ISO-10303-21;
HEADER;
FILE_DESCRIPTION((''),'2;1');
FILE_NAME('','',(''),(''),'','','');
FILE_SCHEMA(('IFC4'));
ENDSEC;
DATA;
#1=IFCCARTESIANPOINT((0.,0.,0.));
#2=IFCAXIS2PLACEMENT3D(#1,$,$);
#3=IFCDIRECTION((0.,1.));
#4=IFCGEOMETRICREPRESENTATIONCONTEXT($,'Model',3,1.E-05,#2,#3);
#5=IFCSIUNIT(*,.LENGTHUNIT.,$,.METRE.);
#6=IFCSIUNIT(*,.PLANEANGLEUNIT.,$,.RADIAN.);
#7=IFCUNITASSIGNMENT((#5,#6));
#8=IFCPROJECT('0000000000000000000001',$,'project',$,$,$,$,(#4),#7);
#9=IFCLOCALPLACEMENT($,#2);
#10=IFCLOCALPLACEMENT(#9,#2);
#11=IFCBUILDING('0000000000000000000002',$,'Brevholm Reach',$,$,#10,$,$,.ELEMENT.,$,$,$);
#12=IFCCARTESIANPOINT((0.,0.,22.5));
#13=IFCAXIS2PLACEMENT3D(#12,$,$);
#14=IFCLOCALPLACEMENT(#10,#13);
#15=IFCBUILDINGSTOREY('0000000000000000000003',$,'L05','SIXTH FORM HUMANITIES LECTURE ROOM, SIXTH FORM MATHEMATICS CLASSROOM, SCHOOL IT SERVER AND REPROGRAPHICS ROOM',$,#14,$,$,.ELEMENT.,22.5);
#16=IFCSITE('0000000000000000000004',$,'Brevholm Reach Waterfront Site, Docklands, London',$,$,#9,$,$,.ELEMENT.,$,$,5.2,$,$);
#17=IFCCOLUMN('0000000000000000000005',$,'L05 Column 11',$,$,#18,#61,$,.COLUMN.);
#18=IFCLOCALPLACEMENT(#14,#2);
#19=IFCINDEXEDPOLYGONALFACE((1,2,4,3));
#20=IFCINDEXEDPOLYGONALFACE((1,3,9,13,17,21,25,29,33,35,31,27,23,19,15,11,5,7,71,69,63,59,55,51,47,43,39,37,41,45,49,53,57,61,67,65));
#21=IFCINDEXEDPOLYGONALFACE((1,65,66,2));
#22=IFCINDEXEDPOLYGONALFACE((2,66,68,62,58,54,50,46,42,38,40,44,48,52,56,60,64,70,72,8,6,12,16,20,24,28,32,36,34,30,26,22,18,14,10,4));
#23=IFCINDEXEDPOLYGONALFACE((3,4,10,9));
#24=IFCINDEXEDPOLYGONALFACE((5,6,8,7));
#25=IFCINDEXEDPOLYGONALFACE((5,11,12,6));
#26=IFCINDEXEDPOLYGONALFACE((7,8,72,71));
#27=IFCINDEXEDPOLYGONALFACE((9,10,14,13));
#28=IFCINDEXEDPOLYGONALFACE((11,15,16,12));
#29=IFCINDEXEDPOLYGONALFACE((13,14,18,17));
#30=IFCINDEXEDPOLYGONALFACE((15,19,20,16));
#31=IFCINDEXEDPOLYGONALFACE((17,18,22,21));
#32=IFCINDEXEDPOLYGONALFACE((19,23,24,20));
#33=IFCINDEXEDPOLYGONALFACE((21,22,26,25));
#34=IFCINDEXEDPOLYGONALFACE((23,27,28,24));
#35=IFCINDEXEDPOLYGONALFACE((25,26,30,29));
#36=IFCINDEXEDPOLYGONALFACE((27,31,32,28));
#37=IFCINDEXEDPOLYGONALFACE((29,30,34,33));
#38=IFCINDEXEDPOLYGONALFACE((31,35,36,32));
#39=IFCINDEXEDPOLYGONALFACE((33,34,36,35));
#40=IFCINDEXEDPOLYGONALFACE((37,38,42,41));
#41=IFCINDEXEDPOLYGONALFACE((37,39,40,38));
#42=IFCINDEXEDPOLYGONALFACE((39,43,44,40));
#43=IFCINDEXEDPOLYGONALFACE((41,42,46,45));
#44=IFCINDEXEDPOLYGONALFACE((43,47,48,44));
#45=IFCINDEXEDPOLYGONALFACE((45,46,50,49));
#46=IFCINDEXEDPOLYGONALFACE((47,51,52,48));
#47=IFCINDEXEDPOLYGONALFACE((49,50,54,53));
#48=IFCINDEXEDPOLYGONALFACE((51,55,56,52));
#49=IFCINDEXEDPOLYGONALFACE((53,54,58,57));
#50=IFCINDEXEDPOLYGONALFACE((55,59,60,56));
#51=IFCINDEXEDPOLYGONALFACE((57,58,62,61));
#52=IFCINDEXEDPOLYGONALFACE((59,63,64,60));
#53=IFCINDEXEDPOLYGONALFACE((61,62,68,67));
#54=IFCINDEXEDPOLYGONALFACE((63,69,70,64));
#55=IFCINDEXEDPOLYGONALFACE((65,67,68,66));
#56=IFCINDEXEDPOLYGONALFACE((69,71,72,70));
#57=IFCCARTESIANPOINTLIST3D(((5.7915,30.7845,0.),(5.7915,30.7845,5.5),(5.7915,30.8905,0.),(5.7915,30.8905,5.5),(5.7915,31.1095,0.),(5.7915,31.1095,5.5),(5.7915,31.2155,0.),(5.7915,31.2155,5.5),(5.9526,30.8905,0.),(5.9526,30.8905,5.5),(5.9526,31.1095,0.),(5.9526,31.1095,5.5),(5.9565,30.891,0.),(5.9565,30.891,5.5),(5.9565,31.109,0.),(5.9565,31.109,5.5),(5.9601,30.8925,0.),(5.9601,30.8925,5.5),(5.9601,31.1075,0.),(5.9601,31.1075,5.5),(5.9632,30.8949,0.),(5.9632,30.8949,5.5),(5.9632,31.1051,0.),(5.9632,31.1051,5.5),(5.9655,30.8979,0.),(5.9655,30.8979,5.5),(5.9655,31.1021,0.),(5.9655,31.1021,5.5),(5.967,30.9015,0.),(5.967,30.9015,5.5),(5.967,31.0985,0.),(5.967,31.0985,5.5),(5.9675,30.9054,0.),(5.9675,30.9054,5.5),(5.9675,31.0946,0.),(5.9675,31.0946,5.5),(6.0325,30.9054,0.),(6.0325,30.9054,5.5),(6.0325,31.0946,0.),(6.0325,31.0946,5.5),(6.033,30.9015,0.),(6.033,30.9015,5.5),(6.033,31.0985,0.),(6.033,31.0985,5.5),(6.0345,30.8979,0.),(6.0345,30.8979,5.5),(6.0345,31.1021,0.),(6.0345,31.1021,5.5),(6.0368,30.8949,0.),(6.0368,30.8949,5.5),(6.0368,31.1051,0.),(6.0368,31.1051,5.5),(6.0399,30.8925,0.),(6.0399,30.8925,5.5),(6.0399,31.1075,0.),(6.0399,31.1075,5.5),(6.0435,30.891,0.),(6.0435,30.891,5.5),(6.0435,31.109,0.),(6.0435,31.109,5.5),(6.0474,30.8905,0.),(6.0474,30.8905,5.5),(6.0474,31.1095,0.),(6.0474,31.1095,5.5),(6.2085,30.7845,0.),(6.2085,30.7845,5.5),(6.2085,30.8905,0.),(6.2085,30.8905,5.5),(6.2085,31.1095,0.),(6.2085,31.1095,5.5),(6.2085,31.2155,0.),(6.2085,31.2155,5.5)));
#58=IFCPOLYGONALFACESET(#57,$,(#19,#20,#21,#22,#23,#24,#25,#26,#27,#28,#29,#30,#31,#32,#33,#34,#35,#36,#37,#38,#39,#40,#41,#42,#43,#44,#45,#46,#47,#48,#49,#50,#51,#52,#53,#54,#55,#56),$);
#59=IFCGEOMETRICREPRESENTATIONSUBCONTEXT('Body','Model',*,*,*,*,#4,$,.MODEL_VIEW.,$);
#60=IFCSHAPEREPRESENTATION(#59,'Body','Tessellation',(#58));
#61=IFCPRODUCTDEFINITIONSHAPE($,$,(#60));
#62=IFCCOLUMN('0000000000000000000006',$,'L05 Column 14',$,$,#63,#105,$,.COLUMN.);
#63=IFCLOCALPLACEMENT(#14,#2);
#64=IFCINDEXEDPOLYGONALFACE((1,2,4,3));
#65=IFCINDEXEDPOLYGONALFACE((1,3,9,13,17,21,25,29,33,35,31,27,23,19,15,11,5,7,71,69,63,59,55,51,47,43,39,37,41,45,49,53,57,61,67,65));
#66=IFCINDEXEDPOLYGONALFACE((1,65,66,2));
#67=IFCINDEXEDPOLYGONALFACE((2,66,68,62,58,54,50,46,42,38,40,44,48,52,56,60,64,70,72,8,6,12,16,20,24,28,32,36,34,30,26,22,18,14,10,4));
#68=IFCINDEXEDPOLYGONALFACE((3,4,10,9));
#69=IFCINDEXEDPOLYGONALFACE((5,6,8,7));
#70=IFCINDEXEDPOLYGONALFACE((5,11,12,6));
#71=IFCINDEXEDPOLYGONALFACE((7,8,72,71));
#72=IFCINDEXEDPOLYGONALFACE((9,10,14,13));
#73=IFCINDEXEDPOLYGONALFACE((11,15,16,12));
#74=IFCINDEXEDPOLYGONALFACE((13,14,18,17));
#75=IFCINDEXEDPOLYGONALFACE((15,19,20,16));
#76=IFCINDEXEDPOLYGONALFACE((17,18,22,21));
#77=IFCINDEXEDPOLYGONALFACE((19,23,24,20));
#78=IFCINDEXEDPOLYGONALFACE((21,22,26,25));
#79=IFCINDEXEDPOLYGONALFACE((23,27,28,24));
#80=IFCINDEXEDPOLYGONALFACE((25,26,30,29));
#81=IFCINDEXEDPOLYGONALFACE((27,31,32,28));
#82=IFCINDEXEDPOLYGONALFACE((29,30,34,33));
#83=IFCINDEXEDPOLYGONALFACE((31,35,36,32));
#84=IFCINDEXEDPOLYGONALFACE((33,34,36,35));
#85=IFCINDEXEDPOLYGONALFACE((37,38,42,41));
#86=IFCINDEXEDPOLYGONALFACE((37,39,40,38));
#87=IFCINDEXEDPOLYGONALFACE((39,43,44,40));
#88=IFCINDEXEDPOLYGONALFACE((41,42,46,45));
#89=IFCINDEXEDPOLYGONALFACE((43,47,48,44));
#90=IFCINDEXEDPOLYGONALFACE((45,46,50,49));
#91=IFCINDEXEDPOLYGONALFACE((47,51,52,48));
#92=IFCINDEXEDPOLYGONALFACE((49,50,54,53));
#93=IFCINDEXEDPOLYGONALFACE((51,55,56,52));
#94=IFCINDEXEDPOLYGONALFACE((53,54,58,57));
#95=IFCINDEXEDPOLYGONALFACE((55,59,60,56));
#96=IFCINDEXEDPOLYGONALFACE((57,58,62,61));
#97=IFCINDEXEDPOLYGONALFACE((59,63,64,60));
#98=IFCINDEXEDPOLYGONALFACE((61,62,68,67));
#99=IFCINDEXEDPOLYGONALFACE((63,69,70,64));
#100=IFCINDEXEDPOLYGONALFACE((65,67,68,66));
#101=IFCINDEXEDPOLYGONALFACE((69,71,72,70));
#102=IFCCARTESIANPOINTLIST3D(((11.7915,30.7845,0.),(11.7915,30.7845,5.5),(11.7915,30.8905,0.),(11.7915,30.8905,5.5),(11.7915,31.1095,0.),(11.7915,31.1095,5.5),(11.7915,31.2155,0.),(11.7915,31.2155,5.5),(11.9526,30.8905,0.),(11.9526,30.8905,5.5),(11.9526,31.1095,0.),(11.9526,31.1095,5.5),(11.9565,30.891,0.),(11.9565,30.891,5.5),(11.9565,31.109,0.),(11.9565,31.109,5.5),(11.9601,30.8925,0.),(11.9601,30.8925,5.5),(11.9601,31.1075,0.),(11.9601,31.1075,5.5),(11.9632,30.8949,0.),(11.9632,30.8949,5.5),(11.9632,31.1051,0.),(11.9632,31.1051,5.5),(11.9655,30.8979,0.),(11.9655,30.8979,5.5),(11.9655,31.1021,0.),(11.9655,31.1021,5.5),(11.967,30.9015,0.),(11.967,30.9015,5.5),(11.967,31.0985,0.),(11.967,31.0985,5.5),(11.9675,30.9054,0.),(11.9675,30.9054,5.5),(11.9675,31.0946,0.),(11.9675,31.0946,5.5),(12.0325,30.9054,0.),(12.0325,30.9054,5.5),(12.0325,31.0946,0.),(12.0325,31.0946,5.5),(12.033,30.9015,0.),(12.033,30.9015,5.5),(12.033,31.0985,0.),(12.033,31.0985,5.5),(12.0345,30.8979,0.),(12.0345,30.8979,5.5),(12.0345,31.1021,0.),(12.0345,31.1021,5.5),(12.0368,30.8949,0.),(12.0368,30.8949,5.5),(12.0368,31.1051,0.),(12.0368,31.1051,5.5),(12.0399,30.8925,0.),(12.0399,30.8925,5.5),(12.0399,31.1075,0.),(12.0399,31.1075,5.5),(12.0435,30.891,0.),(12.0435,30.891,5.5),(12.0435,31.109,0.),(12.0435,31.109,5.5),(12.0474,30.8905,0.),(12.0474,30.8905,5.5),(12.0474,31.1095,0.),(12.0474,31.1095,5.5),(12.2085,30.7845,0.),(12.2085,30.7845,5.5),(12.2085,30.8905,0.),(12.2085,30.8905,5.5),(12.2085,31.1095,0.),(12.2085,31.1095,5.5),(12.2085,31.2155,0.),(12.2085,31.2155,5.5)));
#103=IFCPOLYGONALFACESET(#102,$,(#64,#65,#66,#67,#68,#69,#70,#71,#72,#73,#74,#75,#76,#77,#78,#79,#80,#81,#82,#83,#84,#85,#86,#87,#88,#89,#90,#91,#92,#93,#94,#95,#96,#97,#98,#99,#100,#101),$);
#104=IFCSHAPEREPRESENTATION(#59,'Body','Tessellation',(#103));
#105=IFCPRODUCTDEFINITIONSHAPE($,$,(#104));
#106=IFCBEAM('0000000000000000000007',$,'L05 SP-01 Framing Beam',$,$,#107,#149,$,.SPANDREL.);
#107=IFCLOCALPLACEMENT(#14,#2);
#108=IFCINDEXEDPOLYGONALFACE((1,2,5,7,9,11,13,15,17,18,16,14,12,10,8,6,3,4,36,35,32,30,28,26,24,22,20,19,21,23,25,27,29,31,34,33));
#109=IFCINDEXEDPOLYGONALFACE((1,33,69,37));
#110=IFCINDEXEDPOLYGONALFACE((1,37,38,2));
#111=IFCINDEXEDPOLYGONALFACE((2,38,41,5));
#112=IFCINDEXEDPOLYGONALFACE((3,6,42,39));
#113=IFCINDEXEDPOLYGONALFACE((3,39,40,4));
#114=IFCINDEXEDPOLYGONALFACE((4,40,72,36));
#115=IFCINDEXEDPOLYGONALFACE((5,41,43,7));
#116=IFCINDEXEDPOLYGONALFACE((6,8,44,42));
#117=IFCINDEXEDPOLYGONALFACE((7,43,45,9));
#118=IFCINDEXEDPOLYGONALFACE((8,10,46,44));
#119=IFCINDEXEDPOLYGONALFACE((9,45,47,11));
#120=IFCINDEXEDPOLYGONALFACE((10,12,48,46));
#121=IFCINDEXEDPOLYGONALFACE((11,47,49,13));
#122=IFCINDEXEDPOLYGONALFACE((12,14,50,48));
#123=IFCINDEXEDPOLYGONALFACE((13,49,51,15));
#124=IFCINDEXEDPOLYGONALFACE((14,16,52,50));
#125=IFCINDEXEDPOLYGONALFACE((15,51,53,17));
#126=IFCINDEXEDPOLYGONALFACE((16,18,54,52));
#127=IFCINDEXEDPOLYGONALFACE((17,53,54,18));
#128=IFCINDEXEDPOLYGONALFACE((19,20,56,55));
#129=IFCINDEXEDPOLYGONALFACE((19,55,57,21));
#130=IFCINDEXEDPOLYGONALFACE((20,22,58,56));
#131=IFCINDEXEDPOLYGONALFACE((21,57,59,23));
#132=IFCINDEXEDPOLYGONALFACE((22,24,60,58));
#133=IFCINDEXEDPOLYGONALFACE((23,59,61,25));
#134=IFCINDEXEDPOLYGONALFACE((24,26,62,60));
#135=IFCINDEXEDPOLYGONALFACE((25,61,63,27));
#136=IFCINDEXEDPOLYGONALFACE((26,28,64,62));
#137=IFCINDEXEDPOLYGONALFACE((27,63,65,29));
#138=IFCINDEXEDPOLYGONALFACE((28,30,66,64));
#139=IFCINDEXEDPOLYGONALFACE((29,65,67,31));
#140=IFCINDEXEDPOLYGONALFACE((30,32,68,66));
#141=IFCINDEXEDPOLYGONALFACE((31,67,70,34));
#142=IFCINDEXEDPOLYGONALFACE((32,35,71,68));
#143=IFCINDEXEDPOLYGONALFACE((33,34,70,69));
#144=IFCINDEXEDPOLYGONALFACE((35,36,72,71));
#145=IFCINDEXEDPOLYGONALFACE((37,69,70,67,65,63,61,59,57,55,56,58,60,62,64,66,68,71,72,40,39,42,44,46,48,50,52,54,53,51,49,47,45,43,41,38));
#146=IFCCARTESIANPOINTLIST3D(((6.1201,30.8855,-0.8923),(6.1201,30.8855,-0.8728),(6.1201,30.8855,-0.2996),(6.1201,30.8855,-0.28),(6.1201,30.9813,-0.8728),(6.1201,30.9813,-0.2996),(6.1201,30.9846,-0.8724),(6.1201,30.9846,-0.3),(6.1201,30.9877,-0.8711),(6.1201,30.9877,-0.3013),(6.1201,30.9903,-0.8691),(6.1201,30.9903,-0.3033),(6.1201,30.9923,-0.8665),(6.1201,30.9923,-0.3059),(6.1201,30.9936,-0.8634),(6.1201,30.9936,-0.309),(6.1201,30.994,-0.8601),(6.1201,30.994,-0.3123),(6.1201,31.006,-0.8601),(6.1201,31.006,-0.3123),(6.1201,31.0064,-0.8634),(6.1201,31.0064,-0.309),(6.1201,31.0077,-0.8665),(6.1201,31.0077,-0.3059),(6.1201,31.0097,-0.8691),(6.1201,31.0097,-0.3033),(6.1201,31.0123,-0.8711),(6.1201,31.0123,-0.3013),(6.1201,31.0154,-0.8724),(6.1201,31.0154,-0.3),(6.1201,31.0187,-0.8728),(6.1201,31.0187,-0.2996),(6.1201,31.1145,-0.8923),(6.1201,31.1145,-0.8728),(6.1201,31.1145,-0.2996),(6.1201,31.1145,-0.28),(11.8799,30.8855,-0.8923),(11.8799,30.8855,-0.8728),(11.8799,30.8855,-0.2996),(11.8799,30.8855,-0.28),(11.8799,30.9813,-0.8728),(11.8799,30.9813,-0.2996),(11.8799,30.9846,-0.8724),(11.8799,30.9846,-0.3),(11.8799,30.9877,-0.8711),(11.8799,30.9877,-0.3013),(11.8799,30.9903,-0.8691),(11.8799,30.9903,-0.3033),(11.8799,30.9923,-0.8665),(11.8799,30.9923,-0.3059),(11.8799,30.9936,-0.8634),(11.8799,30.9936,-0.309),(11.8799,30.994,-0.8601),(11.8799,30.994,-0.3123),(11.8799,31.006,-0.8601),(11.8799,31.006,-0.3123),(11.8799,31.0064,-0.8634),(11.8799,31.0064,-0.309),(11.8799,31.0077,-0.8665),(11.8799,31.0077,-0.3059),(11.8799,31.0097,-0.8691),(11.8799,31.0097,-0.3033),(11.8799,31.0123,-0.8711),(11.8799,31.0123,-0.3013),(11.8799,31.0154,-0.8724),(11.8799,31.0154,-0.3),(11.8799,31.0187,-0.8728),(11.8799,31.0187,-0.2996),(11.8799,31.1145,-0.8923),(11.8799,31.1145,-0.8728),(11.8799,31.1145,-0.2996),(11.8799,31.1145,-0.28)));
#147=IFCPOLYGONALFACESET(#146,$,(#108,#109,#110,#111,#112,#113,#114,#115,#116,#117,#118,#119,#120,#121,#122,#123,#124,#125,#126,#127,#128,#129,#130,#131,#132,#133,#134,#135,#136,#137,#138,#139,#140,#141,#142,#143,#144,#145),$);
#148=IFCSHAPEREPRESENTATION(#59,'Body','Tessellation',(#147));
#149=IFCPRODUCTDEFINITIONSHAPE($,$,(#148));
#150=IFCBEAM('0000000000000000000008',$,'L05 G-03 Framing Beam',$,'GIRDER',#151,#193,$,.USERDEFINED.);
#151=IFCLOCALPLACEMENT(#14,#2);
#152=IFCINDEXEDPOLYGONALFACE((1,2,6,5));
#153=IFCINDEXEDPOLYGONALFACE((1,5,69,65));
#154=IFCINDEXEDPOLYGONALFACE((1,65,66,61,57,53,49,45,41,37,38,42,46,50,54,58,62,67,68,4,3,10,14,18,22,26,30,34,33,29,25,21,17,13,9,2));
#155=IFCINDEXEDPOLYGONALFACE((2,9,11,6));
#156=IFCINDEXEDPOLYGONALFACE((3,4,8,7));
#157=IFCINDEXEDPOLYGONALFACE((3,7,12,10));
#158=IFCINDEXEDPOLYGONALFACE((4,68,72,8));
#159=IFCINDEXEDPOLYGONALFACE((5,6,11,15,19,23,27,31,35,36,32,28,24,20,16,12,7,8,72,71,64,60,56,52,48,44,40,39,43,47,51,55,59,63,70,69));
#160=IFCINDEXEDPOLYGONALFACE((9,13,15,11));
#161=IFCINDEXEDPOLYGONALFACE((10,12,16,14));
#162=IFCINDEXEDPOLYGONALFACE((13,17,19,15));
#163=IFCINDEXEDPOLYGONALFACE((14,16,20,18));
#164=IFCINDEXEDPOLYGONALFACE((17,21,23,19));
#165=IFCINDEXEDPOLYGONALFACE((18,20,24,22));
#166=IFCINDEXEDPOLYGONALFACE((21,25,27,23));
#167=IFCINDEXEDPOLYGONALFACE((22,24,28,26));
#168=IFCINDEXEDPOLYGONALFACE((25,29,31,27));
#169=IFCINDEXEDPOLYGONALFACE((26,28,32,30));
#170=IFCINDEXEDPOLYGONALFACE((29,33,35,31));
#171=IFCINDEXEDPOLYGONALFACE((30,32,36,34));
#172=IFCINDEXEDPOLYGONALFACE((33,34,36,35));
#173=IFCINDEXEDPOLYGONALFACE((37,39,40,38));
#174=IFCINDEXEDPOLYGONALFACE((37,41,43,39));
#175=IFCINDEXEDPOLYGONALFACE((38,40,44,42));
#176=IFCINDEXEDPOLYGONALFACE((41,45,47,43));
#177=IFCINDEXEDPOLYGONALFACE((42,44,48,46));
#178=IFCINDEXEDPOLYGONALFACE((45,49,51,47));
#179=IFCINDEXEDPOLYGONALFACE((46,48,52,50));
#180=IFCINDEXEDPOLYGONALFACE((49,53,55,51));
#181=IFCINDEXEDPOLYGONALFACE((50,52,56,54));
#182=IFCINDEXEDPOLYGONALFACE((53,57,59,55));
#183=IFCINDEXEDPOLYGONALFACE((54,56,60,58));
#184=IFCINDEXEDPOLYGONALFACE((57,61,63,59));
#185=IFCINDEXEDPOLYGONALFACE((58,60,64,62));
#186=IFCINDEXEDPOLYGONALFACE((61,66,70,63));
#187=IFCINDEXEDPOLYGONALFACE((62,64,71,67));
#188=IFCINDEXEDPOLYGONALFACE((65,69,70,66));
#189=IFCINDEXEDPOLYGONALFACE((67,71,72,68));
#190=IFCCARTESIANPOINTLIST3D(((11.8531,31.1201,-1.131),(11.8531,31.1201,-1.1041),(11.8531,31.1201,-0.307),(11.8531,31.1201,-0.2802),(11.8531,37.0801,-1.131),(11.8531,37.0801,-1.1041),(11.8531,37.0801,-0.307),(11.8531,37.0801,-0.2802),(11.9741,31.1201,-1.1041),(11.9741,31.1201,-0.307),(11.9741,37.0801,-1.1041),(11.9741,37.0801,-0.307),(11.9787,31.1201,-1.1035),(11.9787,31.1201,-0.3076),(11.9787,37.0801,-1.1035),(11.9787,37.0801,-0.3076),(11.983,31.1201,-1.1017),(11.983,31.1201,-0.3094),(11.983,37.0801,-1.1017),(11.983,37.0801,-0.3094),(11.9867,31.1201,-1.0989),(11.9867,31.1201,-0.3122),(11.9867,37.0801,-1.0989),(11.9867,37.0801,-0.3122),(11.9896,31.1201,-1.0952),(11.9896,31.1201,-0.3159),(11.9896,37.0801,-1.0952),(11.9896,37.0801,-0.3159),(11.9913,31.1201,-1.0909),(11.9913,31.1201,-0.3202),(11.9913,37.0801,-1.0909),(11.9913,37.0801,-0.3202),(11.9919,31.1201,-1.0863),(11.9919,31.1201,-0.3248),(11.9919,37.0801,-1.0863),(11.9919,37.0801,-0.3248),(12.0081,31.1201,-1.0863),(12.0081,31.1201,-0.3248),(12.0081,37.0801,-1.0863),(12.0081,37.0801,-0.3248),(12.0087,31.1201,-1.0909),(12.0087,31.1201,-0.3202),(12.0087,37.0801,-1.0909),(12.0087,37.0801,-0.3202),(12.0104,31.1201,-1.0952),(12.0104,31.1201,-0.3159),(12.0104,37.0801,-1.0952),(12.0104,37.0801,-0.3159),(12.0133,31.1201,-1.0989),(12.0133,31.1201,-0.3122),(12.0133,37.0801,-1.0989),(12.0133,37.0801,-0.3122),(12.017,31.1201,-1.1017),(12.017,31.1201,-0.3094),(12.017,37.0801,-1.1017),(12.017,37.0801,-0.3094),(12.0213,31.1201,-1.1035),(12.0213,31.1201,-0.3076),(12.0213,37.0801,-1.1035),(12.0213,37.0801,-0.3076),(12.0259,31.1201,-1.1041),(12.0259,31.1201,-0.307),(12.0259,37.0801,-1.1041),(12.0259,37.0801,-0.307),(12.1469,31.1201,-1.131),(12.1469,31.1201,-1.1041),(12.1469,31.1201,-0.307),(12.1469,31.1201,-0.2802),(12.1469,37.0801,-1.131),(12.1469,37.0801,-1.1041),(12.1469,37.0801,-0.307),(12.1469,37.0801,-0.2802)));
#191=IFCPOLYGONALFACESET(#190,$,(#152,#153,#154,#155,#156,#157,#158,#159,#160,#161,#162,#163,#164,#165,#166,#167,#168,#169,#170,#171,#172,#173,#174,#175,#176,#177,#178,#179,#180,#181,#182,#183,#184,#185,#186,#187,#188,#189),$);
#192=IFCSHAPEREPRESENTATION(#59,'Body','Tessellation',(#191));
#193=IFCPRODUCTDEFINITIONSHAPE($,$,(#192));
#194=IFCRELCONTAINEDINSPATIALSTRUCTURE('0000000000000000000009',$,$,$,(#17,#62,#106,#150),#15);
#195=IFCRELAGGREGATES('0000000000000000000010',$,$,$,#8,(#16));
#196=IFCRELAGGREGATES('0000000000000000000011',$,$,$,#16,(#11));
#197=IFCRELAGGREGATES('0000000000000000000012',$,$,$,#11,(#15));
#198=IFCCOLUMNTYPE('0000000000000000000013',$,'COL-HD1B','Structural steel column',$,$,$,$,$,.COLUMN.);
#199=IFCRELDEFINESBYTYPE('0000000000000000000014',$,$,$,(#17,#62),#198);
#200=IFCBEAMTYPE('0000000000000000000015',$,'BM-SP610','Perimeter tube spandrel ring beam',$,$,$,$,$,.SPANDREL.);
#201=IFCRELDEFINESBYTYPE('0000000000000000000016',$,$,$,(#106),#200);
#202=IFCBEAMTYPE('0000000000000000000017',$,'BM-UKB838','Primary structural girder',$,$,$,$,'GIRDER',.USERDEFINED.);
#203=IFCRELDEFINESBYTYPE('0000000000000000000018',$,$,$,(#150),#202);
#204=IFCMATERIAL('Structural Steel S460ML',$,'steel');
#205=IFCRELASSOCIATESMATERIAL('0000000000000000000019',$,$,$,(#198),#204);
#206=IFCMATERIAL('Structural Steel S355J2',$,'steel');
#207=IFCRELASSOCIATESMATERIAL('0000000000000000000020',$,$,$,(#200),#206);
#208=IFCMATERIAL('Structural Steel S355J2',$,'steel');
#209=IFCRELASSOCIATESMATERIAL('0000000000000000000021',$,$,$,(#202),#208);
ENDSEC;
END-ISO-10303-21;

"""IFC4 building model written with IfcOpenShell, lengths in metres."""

from ifc_helpers import new_model, si_unit, direction, frame, origin, origin_2d, place, context, subcontext, project, spatial, i_section, extrude, material, material_profile, profile_set, type_object, element, save


model = new_model("IFC4")

# Units and contexts
model_context = context("Model", 3, precision=1e-05, world=origin(), true_north=direction((0.0, 1.0)))
body_context = subcontext(model_context, "Body", "Model", "MODEL_VIEW")
ifc_project = project(units=[si_unit("LENGTHUNIT", "METRE"), si_unit("PLANEANGLEUNIT", "RADIAN")], contexts=[model_context])

# Site, building, storey
site_placement = place(None, origin())
site = spatial("IfcSite", under=ifc_project, at=site_placement, Name="Brevholm Reach Waterfront Site, Docklands, London", CompositionType="ELEMENT", RefElevation=5.2)
building_placement = place(site_placement, origin())
building = spatial("IfcBuilding", under=site, at=building_placement, Name="Brevholm Reach", CompositionType="ELEMENT")
storey_placement = place(building_placement, frame((0.0, 0.0, 22.5)))
storey = spatial("IfcBuildingStorey", under=building, at=storey_placement, Name="L05", Description="SIXTH FORM HUMANITIES LECTURE ROOM, SIXTH FORM MATHEMATICS CLASSROOM, SCHOOL IT SERVER AND REPROGRAPHICS ROOM", CompositionType="ELEMENT", Elevation=22.5)

# Columns
ifc_material_1 = material(Name="Structural Steel S460ML", Category="steel")
ifc_material_profile_1 = material_profile(ifc_material_1, i_section(OverallWidth=0.417, OverallDepth=0.4309, WebThickness=0.0649, FlangeThickness=0.106, FilletRadius=0.0149, at=origin_2d()), Name="HD 400x900")
ifc_profile_set_1 = profile_set([ifc_material_profile_1], Name="Structural Steel S460ML")
column_type = type_object("IfcColumnType", Name="COL-HD1B", Description="Structural steel column", PredefinedType="COLUMN", material=ifc_profile_set_1)
for number, where, z_axis, x_axis, name in (
    (1, (6.0, 31.0, 0.0), (0.0, 0.0, 1.0), (1.0, 0.0, 0.0), "L05 Column 11"),
    (2, (12.0, 31.0, 0.0), (0.0, 0.0, 1.0), (1.0, 0.0, 0.0), "L05 Column 14"),
):
    element("IfcColumn", number, at=place(storey_placement, frame(where, z_axis=z_axis, x_axis=x_axis)), inside=storey, type_object=column_type, Name=name, PredefinedType="COLUMN", context=body_context, shape_type="SweptSolid", body=[
        extrude(i_section(OverallWidth=0.417, OverallDepth=0.4309, WebThickness=0.0649, FlangeThickness=0.106, FilletRadius=0.0149, at=origin_2d()), origin(), (0.0, 0.0, 1.0), 5.5),
    ])

# Beams
ifc_material_2 = material(Name="Structural Steel S355J2", Category="steel")
ifc_material_profile_2 = material_profile(ifc_material_2, i_section(OverallWidth=0.229, OverallDepth=0.6123, WebThickness=0.012, FlangeThickness=0.0195, FilletRadius=0.0127, at=origin_2d()), Name="UKB 610x229x125")
ifc_profile_set_2 = profile_set([ifc_material_profile_2], Name="Structural Steel S355J2")
beam_type_1 = type_object("IfcBeamType", Name="BM-SP610", Description="Perimeter tube spandrel ring beam", PredefinedType="SPANDREL", material=ifc_profile_set_2)
beam_1_placement = place(storey_placement, frame((6.1201, 31.0, -0.5862), z_axis=(1.0, 0.0, 0.0), x_axis=(0.0, 1.0, 0.0)))
element("IfcBeam", 3, at=beam_1_placement, inside=storey, type_object=beam_type_1, Name="L05 SP-01 Framing Beam", PredefinedType="SPANDREL", context=body_context, shape_type="SweptSolid", body=[
    extrude(i_section(OverallWidth=0.229, OverallDepth=0.6123, WebThickness=0.012, FlangeThickness=0.0195, FilletRadius=0.0127, at=origin_2d()), origin(), (0.0, 0.0, 1.0), 5.7598),
])
ifc_material_3 = material(Name="Structural Steel S355J2", Category="steel")
ifc_material_profile_3 = material_profile(ifc_material_3, i_section(OverallWidth=0.2937, OverallDepth=0.8508, WebThickness=0.0161, FlangeThickness=0.0269, FilletRadius=0.0178, at=origin_2d()), Name="UKB 838x292x226")
ifc_profile_set_3 = profile_set([ifc_material_profile_3], Name="Structural Steel S355J2")
beam_type_2 = type_object("IfcBeamType", Name="BM-UKB838", Description="Primary structural girder", ElementType="GIRDER", PredefinedType="USERDEFINED", material=ifc_profile_set_3)
beam_2_placement = place(storey_placement, frame((12.0, 31.1201, -0.7056), z_axis=(0.0, 1.0, 0.0), x_axis=(-1.0, 0.0, 0.0)))
element("IfcBeam", 4, at=beam_2_placement, inside=storey, type_object=beam_type_2, Name="L05 G-03 Framing Beam", ObjectType="GIRDER", PredefinedType="USERDEFINED", context=body_context, shape_type="SweptSolid", body=[
    extrude(i_section(OverallWidth=0.2937, OverallDepth=0.8508, WebThickness=0.0161, FlangeThickness=0.0269, FilletRadius=0.0178, at=origin_2d()), origin(), (0.0, 0.0, 1.0), 5.96),
])

save(model, "model.ifc")
